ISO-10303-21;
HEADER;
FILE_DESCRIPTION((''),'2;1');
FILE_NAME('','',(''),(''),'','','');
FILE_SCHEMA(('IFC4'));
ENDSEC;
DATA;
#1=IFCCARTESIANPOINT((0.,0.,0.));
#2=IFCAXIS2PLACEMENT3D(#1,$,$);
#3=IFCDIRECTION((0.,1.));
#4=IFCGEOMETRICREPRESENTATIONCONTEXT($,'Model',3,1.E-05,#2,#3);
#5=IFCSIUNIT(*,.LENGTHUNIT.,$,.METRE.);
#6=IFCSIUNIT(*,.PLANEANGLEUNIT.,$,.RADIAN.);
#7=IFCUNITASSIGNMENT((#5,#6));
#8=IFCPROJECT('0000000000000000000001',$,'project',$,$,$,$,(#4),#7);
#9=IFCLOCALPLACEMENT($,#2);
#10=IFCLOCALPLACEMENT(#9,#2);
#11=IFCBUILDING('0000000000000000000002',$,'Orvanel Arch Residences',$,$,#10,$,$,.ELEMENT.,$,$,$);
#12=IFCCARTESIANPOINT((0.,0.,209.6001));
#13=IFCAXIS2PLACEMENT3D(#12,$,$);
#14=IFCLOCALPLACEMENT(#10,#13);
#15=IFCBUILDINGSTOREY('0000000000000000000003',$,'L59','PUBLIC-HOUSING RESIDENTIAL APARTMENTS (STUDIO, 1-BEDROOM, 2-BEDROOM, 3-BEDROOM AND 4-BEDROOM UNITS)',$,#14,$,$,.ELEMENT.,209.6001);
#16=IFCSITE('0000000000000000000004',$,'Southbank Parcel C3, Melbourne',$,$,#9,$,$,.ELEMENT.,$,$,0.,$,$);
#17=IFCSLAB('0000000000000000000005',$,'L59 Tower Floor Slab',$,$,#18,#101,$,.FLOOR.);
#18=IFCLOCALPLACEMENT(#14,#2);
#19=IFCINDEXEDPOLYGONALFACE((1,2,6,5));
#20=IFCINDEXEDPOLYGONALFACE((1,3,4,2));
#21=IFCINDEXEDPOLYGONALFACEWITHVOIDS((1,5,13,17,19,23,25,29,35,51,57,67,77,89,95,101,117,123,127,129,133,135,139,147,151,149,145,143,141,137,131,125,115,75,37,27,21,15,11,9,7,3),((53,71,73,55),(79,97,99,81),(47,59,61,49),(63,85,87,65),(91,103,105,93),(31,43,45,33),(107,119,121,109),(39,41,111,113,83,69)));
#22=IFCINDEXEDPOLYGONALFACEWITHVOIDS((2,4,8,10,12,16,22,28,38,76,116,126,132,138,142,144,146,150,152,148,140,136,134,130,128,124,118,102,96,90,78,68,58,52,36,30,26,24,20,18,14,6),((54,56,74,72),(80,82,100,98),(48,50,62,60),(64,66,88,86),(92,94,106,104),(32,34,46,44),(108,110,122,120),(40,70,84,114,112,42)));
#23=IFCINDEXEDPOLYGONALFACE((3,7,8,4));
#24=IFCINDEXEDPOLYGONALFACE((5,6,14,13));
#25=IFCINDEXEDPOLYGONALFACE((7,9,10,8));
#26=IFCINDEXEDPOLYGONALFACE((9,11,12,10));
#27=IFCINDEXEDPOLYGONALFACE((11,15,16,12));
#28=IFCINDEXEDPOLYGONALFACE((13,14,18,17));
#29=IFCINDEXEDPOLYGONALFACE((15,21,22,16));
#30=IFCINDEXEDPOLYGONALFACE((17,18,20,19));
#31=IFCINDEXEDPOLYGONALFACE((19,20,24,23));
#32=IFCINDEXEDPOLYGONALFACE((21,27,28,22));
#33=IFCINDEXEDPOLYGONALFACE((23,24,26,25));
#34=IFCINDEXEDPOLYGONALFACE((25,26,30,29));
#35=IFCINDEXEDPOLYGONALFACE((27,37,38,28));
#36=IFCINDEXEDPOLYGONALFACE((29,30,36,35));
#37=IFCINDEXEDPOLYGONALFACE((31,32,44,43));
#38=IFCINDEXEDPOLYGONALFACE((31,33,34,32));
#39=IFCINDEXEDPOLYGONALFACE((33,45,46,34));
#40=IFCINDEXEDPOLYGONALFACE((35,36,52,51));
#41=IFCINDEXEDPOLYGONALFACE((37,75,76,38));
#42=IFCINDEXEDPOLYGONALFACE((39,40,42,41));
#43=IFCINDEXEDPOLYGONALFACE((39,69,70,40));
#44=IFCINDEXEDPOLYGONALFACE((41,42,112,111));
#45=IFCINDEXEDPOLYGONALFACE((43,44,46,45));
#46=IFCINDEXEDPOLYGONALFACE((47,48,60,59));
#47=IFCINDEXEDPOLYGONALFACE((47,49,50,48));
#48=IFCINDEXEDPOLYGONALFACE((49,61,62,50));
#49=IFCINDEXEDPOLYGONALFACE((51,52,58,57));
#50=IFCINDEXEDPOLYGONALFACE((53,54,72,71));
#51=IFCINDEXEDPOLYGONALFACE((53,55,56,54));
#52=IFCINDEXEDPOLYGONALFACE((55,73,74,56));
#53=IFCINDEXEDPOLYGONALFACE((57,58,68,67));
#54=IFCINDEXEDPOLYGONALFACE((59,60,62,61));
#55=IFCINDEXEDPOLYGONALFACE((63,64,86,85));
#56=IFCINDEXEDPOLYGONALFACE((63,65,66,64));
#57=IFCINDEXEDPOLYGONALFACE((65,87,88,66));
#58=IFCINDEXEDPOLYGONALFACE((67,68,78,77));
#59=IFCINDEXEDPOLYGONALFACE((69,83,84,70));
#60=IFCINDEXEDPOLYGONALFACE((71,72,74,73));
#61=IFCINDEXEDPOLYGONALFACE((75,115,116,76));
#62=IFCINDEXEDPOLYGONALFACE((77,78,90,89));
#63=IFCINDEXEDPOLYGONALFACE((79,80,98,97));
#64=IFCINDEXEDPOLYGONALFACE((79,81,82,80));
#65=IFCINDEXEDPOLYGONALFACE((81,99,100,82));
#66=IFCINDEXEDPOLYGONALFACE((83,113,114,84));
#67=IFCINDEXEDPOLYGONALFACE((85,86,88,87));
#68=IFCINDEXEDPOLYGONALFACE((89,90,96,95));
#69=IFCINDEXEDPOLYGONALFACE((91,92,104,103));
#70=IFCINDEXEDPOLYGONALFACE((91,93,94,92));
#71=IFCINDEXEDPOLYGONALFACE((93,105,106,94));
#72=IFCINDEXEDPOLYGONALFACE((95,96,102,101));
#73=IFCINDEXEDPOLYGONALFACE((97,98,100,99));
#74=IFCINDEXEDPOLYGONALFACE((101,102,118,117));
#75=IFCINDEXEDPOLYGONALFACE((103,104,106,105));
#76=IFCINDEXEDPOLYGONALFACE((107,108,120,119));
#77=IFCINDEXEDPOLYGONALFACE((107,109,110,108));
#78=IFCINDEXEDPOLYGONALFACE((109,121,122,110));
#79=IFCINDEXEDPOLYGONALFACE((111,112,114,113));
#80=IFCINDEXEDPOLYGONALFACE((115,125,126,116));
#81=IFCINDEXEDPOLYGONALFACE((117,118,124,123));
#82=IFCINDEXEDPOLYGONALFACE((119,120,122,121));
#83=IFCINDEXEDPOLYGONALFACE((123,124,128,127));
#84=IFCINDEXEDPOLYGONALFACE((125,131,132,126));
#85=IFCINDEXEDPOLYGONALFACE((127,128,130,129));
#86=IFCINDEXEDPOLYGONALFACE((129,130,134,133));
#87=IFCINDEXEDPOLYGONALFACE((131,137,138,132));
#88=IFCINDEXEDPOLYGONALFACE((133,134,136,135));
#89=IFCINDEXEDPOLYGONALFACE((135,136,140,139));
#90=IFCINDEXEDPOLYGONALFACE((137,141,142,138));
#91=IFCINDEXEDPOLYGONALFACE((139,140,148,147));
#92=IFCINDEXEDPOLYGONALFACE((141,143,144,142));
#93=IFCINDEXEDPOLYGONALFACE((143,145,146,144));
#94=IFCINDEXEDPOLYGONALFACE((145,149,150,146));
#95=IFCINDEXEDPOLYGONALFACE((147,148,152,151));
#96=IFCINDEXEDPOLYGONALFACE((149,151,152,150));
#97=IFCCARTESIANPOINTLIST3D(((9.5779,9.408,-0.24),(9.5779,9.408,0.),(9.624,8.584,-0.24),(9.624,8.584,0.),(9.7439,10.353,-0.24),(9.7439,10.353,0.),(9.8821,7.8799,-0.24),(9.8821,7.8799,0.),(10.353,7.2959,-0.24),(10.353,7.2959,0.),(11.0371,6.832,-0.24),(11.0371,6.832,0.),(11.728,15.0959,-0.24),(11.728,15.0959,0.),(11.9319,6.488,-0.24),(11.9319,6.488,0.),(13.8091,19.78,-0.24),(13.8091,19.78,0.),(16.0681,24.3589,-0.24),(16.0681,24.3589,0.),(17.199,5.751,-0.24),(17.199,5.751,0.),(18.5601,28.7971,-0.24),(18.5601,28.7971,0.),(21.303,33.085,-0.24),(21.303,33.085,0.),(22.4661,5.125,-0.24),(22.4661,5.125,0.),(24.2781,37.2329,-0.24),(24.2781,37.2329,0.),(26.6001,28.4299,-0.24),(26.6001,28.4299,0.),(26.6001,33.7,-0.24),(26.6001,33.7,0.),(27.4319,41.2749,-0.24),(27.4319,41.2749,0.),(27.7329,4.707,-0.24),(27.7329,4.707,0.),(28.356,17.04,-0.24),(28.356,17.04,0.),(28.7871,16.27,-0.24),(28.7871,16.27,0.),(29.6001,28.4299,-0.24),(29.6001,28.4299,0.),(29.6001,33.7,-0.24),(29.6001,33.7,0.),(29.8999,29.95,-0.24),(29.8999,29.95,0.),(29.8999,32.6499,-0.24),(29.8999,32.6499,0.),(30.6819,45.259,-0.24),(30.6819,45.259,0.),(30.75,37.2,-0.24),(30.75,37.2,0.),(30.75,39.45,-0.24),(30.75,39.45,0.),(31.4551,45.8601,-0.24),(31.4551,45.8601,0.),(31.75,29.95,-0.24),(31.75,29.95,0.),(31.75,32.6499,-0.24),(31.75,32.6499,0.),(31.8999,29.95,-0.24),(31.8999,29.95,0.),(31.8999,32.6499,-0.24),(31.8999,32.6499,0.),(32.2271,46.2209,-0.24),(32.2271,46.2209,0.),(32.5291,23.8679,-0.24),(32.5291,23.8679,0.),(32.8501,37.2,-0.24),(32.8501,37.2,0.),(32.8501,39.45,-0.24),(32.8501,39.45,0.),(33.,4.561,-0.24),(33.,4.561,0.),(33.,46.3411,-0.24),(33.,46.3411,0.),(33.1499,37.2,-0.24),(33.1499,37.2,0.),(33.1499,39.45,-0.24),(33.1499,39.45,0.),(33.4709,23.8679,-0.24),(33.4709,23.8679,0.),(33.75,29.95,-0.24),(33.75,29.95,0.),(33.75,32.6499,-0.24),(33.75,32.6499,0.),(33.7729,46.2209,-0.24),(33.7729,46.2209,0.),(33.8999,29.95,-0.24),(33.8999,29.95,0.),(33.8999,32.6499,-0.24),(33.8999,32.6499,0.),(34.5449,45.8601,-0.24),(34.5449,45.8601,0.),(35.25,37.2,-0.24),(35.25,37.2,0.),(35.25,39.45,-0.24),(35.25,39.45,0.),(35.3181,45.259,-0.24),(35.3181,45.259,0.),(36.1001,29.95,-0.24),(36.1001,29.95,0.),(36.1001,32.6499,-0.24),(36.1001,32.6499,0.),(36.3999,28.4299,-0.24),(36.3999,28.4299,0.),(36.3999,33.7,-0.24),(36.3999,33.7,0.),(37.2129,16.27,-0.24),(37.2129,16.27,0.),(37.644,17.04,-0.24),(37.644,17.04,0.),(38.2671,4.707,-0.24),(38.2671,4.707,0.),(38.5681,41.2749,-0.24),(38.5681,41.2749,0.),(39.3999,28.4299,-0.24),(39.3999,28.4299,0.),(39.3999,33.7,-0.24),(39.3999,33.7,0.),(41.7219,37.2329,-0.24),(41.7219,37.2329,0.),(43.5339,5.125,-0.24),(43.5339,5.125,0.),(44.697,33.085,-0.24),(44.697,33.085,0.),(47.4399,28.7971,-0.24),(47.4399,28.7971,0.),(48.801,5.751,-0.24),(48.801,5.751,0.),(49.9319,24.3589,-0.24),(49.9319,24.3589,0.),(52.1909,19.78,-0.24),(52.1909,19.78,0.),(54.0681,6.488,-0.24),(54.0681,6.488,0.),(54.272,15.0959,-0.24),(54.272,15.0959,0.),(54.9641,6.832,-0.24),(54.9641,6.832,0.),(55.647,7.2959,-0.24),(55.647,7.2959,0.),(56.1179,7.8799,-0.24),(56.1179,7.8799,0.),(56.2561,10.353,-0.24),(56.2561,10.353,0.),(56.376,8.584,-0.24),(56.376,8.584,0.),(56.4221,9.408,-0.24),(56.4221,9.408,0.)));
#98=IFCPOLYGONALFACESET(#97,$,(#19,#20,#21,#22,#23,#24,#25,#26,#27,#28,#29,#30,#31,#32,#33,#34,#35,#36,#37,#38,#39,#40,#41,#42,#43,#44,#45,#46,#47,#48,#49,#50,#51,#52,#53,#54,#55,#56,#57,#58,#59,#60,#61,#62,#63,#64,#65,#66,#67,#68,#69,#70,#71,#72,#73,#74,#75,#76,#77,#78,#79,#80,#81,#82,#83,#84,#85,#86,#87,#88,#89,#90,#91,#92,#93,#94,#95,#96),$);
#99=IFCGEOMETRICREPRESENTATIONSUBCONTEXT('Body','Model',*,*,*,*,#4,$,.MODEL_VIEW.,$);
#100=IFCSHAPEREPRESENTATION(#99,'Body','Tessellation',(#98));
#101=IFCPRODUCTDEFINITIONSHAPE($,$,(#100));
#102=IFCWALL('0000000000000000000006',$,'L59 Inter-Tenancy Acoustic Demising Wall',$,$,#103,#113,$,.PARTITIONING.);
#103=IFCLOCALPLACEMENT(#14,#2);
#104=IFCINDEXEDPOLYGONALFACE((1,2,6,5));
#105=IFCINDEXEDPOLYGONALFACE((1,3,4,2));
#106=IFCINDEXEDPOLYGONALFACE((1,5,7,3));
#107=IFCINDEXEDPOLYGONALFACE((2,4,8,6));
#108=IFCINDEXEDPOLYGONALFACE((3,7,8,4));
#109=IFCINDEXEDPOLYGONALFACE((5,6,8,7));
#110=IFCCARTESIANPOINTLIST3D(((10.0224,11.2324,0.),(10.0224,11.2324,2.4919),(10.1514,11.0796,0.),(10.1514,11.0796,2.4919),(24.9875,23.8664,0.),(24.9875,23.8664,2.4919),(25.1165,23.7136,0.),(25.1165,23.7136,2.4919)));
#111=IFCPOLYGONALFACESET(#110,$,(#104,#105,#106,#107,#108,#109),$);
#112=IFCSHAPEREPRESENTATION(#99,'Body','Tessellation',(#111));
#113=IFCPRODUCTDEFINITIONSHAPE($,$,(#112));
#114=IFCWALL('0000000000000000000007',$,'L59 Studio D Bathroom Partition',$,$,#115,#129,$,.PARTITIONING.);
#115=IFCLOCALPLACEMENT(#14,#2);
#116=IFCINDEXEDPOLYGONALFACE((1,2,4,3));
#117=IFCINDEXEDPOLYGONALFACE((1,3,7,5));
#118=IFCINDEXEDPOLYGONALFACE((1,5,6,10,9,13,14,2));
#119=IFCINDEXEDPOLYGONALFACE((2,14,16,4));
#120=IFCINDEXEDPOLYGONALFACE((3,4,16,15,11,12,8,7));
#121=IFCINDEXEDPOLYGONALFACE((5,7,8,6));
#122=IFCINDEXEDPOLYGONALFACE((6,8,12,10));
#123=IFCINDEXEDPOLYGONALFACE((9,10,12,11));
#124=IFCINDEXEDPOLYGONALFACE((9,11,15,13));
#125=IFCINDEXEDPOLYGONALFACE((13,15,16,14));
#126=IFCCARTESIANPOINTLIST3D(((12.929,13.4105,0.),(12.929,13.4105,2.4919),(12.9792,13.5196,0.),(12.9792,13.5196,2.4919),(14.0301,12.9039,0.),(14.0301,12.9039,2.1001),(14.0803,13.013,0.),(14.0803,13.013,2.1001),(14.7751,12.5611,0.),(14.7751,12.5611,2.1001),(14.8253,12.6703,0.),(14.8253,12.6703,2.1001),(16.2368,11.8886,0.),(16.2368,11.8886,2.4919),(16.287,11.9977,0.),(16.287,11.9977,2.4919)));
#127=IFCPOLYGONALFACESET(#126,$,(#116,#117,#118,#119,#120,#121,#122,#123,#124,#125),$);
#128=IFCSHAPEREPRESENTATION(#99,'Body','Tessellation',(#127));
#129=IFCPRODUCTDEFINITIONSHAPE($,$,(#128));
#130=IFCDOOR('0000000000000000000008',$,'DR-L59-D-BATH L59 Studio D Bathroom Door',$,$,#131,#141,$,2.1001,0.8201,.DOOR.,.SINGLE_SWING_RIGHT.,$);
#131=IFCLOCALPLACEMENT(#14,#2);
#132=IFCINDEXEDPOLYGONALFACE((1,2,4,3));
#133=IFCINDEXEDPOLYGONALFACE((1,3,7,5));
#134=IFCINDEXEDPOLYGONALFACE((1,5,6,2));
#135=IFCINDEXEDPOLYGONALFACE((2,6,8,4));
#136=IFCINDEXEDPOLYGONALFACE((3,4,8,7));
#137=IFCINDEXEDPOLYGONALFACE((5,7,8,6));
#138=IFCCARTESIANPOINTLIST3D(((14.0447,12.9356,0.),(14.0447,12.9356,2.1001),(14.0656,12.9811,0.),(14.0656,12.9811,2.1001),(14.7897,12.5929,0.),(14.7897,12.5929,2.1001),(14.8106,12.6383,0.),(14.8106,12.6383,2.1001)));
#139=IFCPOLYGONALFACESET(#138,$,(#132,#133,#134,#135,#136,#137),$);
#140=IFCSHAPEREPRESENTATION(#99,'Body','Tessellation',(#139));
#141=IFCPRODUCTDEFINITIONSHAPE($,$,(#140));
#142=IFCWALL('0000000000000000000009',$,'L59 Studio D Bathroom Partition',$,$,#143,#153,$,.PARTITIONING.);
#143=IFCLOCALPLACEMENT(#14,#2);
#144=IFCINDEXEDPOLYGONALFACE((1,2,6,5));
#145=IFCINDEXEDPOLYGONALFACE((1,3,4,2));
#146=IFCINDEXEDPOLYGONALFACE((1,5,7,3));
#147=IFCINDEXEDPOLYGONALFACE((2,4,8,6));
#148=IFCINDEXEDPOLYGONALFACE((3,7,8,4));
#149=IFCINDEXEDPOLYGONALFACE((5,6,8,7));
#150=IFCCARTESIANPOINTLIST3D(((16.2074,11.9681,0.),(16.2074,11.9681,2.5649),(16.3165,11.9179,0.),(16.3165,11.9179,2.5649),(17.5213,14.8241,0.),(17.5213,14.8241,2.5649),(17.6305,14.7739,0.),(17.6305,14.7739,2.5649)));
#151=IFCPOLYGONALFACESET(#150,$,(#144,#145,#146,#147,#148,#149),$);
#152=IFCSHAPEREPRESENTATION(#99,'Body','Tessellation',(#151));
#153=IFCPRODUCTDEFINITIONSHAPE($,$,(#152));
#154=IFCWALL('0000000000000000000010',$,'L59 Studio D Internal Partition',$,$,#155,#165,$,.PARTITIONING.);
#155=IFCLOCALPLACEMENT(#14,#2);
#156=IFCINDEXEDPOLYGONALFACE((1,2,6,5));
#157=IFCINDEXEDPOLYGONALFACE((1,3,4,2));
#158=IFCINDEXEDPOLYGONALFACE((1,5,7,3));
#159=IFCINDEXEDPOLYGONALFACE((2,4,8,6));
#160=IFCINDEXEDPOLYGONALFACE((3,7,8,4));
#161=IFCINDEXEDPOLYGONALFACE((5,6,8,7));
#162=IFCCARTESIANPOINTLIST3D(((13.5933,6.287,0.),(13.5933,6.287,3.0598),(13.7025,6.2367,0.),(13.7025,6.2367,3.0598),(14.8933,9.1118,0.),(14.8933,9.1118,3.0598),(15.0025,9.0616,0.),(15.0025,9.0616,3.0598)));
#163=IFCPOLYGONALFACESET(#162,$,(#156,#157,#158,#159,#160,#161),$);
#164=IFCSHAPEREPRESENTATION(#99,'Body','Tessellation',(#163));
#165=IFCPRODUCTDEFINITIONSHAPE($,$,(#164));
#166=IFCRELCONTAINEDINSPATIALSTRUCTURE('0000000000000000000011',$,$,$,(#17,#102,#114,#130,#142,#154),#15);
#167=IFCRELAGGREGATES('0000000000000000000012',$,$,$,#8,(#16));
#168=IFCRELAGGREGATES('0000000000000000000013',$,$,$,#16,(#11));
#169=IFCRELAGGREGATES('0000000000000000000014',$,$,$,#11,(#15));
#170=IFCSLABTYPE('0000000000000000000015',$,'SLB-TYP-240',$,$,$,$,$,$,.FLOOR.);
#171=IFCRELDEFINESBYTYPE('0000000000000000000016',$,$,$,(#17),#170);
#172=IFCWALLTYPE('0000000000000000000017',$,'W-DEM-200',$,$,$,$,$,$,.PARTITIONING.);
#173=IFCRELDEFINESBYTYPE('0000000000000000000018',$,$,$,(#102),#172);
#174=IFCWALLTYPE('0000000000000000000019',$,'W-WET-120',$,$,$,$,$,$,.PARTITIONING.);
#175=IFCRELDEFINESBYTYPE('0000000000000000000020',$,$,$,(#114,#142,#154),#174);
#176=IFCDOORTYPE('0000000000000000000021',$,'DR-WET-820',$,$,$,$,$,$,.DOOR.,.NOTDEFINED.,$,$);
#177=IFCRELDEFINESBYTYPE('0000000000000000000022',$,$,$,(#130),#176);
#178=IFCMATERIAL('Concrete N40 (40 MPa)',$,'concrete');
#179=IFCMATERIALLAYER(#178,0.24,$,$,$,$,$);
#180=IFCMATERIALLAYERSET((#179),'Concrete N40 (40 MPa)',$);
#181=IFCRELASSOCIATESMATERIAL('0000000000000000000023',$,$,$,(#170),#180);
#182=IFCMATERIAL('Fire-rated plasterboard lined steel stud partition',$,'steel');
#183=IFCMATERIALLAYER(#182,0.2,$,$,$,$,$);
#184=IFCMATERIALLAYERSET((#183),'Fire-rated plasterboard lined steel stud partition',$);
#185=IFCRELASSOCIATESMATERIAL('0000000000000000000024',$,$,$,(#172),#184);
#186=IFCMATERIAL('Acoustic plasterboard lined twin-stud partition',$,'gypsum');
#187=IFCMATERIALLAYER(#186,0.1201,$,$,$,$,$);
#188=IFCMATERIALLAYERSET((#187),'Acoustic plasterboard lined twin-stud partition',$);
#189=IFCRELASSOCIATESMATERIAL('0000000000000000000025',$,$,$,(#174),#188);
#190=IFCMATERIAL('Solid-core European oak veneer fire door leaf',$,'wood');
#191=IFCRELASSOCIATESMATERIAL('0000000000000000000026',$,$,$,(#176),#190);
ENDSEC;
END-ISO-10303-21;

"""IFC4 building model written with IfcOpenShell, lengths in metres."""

from ifc_helpers import new_model, si_unit, direction, frame, frame_2d, origin, place, context, subcontext, project, spatial, polyline, rectangle, outline, extrude, material, layer, layer_set, type_object, element, fill, save


model = new_model("IFC4")

# Units and contexts
model_context = context("Model", 3, precision=1e-05, world=origin(), true_north=direction((0.0, 1.0)))
body_context = subcontext(model_context, "Body", "Model", "MODEL_VIEW")
ifc_project = project(units=[si_unit("LENGTHUNIT", "METRE"), si_unit("PLANEANGLEUNIT", "RADIAN")], contexts=[model_context])

# Site, building, storey
site_placement = place(None, origin())
site = spatial("IfcSite", under=ifc_project, at=site_placement, Name="Southbank Parcel C3, Melbourne", CompositionType="ELEMENT", RefElevation=0.0)
building_placement = place(site_placement, origin())
building = spatial("IfcBuilding", under=site, at=building_placement, Name="Orvanel Arch Residences", CompositionType="ELEMENT")
storey_placement = place(building_placement, frame((0.0, 0.0, 209.6001)))
storey = spatial("IfcBuildingStorey", under=building, at=storey_placement, Name="L59", Description="PUBLIC-HOUSING RESIDENTIAL APARTMENTS (STUDIO, 1-BEDROOM, 2-BEDROOM, 3-BEDROOM AND 4-BEDROOM UNITS)", CompositionType="ELEMENT", Elevation=209.6001)

# Shared definitions
ifc_material_1 = material(Name="Concrete N40 (40 MPa)", Category="concrete")

# Slab
ifc_layer_1 = layer(ifc_material_1, 0.24)
ifc_layer_set_1 = layer_set([ifc_layer_1], Name="Concrete N40 (40 MPa)")
slab_type_1 = type_object("IfcSlabType", Name="SLB-TYP-240", PredefinedType="FLOOR", material=ifc_layer_set_1)
slab_1_placement = place(storey_placement, frame((0.0, 0.0, -0.24)))
element("IfcSlab", 1, at=slab_1_placement, inside=storey, type_object=slab_type_1, Name="L59 Tower Floor Slab", PredefinedType="FLOOR", context=body_context, shape_type="SweptSolid", body=[
    extrude(outline(polyline([(35.3181, 45.259), (34.5449, 45.8601), (33.7729, 46.2209), (33.0, 46.3411), (32.2271, 46.2209), (31.4551, 45.8601), (30.6819, 45.259), (27.4319, 41.2749), (24.2781, 37.2329), (21.303, 33.085), (18.5601, 28.7971), (16.0681, 24.3589), (13.8091, 19.78), (11.728, 15.0959), (9.7439, 10.353), (9.5779, 9.408), (9.624, 8.584), (9.8821, 7.8799), (10.353, 7.2959), (11.0371, 6.832), (11.9319, 6.488), (17.199, 5.751), (22.4661, 5.125), (27.7329, 4.707), (33.0, 4.561), (38.2671, 4.707), (43.5339, 5.125), (48.801, 5.751), (54.0681, 6.488), (54.9641, 6.832), (55.647, 7.2959), (56.1179, 7.8799), (56.376, 8.584), (56.4221, 9.408), (56.2561, 10.353), (54.272, 15.0959), (52.1909, 19.78), (49.9319, 24.3589), (47.4399, 28.7971), (44.697, 33.085), (41.7219, 37.2329), (38.5681, 41.2749), (35.3181, 45.259)]), holes=[polyline([(26.6001, 28.4299), (26.6001, 33.7), (29.6001, 33.7), (29.6001, 28.4299), (26.6001, 28.4299)]), polyline([(36.3999, 28.4299), (36.3999, 33.7), (39.3999, 33.7), (39.3999, 28.4299), (36.3999, 28.4299)]), polyline([(29.8999, 32.6499), (31.75, 32.6499), (31.75, 29.95), (29.8999, 29.95), (29.8999, 32.6499)]), polyline([(31.8999, 32.6499), (33.75, 32.6499), (33.75, 29.95), (31.8999, 29.95), (31.8999, 32.6499)]), polyline([(33.8999, 32.6499), (36.1001, 32.6499), (36.1001, 29.95), (33.8999, 29.95), (33.8999, 32.6499)]), polyline([(30.75, 39.45), (32.8501, 39.45), (32.8501, 37.2), (30.75, 37.2), (30.75, 39.45)]), polyline([(33.1499, 39.45), (35.25, 39.45), (35.25, 37.2), (33.1499, 37.2), (33.1499, 39.45)]), polyline([(37.644, 17.04), (37.2129, 16.27), (28.7871, 16.27), (28.356, 17.04), (32.5291, 23.8679), (33.4709, 23.8679), (37.644, 17.04)])]), origin(), (0.0, 0.0, 1.0), 0.24),
])

# Wall
ifc_material_2 = material(Name="Fire-rated plasterboard lined steel stud partition", Category="steel")
ifc_layer_2 = layer(ifc_material_2, 0.2)
ifc_layer_set_2 = layer_set([ifc_layer_2], Name="Fire-rated plasterboard lined steel stud partition")
wall_type_1 = type_object("IfcWallType", Name="W-DEM-200", PredefinedType="PARTITIONING", material=ifc_layer_set_2)
wall_1_placement = place(storey_placement, frame((10.0869, 11.156, 0.0), z_axis=(0.0, 0.0, 1.0), x_axis=(0.764109, 0.645087, 0.0)))
element("IfcWall", 2, at=wall_1_placement, inside=storey, type_object=wall_type_1, Name="L59 Inter-Tenancy Acoustic Demising Wall", PredefinedType="PARTITIONING", context=body_context, shape_type="SweptSolid", body=[
    extrude(rectangle(XDim=19.585, YDim=0.2, at=frame_2d((9.7925, 0.0))), origin(), (0.0, 0.0, 1.0), 2.4919),
])

# Wall, opening, door
ifc_material_3 = material(Name="Acoustic plasterboard lined twin-stud partition", Category="gypsum")
ifc_layer_3 = layer(ifc_material_3, 0.1201)
ifc_layer_set_3 = layer_set([ifc_layer_3], Name="Acoustic plasterboard lined twin-stud partition")
wall_type_2 = type_object("IfcWallType", Name="W-WET-120", PredefinedType="PARTITIONING", material=ifc_layer_set_3)
wall_2_placement = place(storey_placement, frame((12.9541, 13.4651, 0.0), z_axis=(0.0, 0.0, 1.0), x_axis=(0.908453, -0.417986, 0.0)))
wall_2 = element("IfcWall", 3, at=wall_2_placement, inside=storey, type_object=wall_type_2, Name="L59 Studio D Bathroom Partition", PredefinedType="PARTITIONING", context=body_context, shape_type="SweptSolid", body=[
    extrude(rectangle(XDim=3.6411, YDim=0.1201, at=frame_2d((1.8206, 0.0))), origin(), (0.0, 0.0, 1.0), 2.4919),
])
opening_1_placement = place(wall_2_placement, frame((1.2119, 0.0, 0.0)))
opening_1 = element("IfcOpeningElement", 4, at=opening_1_placement, cuts=wall_2, PredefinedType="OPENING", context=body_context, shape_type="SweptSolid", body=[
    extrude(rectangle(XDim=0.8201, YDim=2.1001, at=frame_2d((0.4102, 1.05))), frame((0.0, 0.0701, 0.0), z_axis=(0.0, -1.0, 0.0), x_axis=(1.0, 0.0, 0.0)), (0.0, 0.0, 1.0), 0.1401),
])
ifc_material_4 = material(Name="Solid-core European oak veneer fire door leaf", Category="wood")
door_type_1 = type_object("IfcDoorType", Name="DR-WET-820", OperationType="NOTDEFINED", PredefinedType="DOOR", material=ifc_material_4)
door_1_placement = place(opening_1_placement, origin())
door_1 = element("IfcDoor", 5, at=door_1_placement, inside=storey, type_object=door_type_1, Name="DR-L59-D-BATH L59 Studio D Bathroom Door", OperationType="SINGLE_SWING_RIGHT", OverallHeight=2.1001, OverallWidth=0.8201, PredefinedType="DOOR", context=body_context, shape_type="SweptSolid", body=[
    extrude(rectangle(XDim=0.8201, YDim=2.1001, at=frame_2d((0.4102, 1.05))), frame((0.0, 0.0249, 0.0), z_axis=(0.0, -1.0, 0.0), x_axis=(1.0, 0.0, 0.0)), (0.0, 0.0, 1.0), 0.05),
])
fill(opening_1, door_1)

# Walls
wall_3_placement = place(storey_placement, frame((16.262, 11.9431, 0.0), z_axis=(0.0, 0.0, 1.0), x_axis=(0.417965, 0.908463, 0.0)))
element("IfcWall", 6, at=wall_3_placement, inside=storey, type_object=wall_type_2, Name="L59 Studio D Bathroom Partition", PredefinedType="PARTITIONING", context=body_context, shape_type="SweptSolid", body=[
    extrude(rectangle(XDim=3.1438, YDim=0.1201, at=frame_2d((1.5718, 0.0))), origin(), (0.0, 0.0, 1.0), 2.5649),
])
wall_4_placement = place(storey_placement, frame((13.6479, 6.262, 0.0), z_axis=(0.0, 0.0, 1.0), x_axis=(0.418057, 0.908421, 0.0)))
element("IfcWall", 7, at=wall_4_placement, inside=storey, type_object=wall_type_2, Name="L59 Studio D Internal Partition", PredefinedType="PARTITIONING", context=body_context, shape_type="SweptSolid", body=[
    extrude(rectangle(XDim=3.1096, YDim=0.1201, at=frame_2d((1.5547, 0.0))), origin(), (0.0, 0.0, 1.0), 3.0598),
])

save(model, "model.ifc")
